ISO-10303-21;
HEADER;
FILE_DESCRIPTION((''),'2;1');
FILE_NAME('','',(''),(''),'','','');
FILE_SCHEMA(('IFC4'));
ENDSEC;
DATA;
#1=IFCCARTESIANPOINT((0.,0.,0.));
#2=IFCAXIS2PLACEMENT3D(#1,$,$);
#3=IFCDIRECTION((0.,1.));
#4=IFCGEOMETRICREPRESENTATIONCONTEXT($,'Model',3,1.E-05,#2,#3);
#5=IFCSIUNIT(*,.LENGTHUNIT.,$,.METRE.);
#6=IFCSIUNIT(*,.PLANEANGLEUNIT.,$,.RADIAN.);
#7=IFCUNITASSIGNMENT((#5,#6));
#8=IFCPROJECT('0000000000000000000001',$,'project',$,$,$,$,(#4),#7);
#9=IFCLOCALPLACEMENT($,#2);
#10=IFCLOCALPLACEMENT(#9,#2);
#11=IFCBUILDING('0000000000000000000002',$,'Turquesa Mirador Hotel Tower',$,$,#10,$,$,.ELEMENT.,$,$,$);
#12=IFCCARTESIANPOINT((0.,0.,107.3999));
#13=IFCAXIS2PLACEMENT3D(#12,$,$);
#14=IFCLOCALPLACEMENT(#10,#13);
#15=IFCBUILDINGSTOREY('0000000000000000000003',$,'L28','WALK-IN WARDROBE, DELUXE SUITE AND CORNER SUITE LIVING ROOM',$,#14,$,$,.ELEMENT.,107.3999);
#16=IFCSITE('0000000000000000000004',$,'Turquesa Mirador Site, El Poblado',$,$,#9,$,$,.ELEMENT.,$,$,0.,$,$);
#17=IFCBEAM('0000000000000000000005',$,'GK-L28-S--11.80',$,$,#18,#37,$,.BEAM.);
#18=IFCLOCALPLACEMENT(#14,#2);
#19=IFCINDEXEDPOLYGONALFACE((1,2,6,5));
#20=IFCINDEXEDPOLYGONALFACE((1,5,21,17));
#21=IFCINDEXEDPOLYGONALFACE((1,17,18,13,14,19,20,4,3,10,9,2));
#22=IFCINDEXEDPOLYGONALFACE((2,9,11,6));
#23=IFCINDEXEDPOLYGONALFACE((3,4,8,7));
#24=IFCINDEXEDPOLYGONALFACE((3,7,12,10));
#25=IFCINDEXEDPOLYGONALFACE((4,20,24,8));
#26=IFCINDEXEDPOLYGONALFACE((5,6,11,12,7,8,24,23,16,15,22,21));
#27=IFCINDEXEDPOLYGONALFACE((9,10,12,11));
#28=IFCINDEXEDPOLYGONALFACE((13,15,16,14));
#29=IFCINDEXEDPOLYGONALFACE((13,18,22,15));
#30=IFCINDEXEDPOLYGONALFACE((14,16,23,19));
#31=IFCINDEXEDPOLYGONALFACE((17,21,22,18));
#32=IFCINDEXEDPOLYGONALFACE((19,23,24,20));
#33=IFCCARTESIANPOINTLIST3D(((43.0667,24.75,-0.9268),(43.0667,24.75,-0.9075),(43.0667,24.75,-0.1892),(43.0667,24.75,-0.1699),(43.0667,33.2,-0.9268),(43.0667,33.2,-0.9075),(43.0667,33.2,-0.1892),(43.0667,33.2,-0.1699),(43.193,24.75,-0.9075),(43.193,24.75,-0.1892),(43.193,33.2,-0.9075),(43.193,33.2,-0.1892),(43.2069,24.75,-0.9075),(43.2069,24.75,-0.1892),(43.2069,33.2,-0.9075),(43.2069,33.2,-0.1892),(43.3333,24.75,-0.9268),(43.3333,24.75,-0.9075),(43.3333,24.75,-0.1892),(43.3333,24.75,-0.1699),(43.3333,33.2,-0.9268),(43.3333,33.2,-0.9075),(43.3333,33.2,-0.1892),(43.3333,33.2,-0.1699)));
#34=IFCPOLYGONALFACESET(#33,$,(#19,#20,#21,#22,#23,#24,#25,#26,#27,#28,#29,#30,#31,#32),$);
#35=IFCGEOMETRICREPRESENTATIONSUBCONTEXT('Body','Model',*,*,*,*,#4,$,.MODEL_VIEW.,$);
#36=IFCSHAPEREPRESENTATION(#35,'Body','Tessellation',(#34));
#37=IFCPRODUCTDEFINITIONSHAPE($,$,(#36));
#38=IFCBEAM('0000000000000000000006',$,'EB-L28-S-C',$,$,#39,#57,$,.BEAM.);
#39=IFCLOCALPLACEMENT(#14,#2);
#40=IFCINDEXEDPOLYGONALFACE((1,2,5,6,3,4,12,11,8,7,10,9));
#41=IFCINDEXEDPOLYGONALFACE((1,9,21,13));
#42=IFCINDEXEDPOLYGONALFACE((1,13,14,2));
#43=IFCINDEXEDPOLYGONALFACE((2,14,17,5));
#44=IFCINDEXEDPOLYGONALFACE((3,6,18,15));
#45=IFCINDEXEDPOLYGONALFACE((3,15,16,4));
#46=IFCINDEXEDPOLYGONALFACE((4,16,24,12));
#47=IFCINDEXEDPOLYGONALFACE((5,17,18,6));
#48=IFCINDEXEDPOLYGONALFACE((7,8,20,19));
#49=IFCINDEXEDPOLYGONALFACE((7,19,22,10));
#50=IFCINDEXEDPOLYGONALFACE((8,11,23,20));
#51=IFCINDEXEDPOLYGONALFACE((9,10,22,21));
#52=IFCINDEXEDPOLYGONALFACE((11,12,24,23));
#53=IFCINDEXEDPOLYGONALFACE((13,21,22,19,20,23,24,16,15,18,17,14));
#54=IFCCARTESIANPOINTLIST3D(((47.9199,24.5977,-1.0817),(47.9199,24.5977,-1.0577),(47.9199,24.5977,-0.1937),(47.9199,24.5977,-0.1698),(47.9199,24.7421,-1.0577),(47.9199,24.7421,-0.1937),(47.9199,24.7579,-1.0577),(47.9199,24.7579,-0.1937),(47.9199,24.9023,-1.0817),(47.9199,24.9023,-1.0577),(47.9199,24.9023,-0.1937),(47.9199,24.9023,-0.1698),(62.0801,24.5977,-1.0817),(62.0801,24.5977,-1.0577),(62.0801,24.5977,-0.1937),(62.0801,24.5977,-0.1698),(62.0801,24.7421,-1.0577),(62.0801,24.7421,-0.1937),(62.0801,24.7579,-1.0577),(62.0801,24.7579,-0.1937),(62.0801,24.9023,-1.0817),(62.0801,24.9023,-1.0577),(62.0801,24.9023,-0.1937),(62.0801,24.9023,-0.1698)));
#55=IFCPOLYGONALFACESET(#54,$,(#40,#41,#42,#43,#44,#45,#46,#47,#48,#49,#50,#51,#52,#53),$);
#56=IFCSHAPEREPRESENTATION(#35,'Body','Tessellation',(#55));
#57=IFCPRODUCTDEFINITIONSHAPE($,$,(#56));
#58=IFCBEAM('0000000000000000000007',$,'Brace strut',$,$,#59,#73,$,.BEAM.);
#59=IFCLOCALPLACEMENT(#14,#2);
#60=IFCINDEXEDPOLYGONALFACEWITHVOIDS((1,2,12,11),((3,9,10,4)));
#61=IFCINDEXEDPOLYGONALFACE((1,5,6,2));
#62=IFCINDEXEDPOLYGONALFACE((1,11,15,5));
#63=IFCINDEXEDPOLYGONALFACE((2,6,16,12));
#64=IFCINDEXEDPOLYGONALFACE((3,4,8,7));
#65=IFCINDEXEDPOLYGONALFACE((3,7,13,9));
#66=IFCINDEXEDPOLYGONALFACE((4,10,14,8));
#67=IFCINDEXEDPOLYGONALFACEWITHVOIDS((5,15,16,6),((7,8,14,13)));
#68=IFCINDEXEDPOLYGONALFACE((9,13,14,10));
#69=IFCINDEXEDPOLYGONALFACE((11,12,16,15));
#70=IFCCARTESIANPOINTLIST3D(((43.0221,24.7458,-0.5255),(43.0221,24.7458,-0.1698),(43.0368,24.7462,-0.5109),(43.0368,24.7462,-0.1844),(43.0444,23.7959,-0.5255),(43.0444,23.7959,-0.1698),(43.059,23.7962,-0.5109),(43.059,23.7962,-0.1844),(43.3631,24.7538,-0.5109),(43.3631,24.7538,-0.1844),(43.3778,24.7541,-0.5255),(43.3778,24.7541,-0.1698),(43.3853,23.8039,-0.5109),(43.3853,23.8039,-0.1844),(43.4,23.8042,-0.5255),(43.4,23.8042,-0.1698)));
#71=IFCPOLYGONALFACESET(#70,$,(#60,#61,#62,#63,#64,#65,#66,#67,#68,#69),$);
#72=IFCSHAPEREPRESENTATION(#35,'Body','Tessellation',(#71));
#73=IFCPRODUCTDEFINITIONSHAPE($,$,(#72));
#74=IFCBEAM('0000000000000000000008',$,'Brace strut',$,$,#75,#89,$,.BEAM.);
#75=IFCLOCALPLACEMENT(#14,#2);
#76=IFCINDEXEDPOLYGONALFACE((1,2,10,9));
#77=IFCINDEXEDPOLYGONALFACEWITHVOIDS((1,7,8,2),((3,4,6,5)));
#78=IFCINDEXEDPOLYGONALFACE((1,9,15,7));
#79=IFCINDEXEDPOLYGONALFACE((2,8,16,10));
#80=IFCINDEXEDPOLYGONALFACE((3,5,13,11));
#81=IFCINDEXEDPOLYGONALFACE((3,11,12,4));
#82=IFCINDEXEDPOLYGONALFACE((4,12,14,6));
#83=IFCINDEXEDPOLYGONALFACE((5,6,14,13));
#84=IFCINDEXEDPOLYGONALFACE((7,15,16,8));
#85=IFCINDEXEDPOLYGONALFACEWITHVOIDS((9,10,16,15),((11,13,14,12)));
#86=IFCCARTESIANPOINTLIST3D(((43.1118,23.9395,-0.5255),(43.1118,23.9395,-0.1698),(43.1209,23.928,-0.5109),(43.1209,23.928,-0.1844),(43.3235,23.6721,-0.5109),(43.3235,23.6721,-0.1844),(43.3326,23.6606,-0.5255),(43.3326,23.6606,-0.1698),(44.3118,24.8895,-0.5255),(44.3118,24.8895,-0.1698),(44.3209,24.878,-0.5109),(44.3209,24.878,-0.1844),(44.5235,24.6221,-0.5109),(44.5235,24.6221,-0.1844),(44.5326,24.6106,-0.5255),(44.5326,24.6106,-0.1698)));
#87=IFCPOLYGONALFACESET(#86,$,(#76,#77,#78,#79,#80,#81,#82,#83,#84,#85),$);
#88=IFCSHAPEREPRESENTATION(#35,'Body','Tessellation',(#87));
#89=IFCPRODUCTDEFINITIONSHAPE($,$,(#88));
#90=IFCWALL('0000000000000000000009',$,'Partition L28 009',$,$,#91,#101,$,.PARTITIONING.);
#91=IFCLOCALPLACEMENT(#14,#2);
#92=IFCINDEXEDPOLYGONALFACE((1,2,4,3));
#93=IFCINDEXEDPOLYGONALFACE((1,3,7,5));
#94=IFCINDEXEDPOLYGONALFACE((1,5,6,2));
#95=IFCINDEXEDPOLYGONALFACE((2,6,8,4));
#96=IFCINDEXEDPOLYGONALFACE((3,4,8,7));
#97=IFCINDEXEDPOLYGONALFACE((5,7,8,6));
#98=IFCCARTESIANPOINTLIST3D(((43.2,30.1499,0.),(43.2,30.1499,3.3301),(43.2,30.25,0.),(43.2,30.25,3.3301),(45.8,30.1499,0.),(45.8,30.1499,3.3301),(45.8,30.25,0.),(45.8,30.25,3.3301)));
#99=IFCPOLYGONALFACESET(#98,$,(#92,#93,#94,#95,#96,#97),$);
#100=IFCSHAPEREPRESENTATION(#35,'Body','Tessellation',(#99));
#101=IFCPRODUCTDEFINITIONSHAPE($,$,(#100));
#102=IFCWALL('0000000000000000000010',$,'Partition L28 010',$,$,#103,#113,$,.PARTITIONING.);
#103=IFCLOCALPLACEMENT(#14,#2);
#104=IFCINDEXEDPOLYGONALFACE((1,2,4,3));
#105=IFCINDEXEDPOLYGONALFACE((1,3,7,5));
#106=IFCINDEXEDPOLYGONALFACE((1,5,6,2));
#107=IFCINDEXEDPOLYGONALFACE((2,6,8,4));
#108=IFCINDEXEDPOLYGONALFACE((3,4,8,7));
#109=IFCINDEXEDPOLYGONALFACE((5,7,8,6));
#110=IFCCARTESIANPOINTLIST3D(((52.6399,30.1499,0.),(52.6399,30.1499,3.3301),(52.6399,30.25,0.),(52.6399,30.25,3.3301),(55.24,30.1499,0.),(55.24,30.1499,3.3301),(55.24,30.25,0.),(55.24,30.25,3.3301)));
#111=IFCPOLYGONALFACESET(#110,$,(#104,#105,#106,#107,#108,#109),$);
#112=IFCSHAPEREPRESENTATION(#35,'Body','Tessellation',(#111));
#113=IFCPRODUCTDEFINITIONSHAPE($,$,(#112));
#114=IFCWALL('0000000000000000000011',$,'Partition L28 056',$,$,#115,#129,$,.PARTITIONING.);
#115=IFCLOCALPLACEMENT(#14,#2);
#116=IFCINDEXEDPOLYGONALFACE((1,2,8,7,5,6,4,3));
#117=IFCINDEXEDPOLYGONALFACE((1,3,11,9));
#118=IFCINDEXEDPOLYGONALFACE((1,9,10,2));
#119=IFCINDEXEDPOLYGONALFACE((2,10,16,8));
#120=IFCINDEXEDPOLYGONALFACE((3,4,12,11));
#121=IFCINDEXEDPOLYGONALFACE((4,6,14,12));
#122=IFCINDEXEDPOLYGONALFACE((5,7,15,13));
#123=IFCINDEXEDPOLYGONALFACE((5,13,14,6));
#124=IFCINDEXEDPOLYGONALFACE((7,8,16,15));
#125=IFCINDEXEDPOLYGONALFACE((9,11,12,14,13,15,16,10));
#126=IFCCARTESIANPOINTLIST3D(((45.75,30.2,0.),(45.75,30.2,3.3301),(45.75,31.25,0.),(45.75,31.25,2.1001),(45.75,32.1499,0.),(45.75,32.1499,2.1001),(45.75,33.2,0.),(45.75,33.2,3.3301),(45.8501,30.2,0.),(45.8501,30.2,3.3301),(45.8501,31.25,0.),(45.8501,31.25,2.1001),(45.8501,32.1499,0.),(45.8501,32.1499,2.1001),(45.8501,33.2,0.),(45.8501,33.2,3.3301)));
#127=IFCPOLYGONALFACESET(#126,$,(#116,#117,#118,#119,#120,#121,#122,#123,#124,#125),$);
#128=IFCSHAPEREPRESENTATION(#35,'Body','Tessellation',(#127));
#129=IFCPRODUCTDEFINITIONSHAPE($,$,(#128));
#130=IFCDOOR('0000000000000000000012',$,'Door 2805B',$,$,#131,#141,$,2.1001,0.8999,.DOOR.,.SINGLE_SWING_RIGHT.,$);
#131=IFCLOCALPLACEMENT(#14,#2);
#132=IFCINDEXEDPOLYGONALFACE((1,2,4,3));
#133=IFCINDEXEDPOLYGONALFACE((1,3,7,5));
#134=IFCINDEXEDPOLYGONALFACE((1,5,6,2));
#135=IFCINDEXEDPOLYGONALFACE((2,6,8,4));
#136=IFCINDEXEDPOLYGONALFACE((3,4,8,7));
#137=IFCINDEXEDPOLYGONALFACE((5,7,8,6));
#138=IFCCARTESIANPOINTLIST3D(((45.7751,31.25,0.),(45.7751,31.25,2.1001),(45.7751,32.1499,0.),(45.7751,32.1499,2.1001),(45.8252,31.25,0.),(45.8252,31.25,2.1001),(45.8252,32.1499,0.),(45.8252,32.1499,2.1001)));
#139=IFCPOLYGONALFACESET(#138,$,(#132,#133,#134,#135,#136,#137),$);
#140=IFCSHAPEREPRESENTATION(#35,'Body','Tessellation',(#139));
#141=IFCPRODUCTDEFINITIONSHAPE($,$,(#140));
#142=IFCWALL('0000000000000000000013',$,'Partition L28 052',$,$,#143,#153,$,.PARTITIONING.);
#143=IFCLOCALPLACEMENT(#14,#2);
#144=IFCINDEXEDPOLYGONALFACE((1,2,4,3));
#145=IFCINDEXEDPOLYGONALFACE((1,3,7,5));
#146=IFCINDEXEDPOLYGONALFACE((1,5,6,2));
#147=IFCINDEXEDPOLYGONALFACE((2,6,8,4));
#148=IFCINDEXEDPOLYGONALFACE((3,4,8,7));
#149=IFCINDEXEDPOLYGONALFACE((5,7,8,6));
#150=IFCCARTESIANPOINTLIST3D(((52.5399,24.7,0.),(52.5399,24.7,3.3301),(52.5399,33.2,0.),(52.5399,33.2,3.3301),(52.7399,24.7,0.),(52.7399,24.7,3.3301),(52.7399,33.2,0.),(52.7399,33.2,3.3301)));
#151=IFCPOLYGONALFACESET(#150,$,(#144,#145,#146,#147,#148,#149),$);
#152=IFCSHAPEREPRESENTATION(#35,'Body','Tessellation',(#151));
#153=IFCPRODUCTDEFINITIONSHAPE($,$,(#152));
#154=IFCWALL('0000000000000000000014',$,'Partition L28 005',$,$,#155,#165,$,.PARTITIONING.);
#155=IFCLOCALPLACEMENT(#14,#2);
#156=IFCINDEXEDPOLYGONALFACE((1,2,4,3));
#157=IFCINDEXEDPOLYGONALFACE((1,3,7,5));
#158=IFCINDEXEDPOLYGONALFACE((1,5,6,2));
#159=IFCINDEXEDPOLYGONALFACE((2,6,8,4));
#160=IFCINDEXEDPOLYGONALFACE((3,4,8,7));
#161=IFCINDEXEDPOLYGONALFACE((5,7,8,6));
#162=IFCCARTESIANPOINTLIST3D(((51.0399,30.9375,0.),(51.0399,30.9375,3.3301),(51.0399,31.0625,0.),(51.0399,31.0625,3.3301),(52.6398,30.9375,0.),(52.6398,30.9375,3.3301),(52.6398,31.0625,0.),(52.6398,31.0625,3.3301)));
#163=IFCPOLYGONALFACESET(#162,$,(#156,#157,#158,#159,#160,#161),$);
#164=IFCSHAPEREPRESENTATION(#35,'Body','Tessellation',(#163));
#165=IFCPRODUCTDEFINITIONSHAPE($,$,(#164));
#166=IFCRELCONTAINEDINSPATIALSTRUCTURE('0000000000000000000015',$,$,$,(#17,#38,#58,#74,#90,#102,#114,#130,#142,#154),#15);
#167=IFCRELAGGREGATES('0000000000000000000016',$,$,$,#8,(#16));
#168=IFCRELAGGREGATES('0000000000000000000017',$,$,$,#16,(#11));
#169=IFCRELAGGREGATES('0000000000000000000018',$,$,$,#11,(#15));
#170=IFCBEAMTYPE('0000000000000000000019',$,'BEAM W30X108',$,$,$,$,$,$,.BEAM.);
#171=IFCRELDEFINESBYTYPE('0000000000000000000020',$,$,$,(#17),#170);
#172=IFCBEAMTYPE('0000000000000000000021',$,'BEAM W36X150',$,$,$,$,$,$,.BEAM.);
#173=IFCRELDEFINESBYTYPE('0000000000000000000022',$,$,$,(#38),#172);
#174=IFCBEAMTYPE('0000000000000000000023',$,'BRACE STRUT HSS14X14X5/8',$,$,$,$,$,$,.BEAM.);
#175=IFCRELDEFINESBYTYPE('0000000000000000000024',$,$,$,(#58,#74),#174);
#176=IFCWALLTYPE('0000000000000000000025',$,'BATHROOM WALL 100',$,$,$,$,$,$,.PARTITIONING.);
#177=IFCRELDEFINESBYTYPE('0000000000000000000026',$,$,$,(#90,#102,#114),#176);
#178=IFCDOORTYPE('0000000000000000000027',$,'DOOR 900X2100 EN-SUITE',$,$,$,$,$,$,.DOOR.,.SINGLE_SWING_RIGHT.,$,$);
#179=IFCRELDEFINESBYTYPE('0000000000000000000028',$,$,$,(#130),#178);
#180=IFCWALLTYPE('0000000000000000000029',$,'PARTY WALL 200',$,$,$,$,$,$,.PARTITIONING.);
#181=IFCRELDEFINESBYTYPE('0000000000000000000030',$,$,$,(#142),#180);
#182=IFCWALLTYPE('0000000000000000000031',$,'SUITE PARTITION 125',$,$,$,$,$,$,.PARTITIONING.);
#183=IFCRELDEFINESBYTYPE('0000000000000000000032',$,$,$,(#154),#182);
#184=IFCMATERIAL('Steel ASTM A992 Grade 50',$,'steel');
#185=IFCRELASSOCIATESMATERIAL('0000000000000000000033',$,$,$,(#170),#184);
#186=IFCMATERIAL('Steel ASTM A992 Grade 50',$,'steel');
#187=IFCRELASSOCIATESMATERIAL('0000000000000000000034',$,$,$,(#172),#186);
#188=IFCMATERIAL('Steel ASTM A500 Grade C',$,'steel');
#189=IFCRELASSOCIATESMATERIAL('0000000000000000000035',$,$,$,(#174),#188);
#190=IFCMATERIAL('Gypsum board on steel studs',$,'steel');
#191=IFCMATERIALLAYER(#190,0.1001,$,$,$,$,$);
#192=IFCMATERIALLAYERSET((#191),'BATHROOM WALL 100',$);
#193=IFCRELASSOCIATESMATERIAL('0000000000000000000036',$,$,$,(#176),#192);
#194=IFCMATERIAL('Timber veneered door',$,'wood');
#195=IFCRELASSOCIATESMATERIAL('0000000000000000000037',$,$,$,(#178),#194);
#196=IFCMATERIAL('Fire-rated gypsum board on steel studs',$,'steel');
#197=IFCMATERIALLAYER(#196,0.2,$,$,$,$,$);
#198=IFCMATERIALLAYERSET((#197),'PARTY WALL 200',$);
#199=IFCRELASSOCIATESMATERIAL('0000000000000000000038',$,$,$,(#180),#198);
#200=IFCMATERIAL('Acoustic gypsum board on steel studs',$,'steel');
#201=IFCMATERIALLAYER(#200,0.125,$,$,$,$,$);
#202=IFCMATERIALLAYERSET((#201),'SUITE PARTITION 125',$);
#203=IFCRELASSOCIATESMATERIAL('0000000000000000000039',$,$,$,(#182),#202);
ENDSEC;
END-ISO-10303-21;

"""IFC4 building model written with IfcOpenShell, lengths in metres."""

from ifc_helpers import new_model, si_unit, direction, frame, frame_2d, origin, origin_2d, place, context, subcontext, project, spatial, rectangle, hollow_rectangle, i_section, extrude, material, layer, layer_set, material_profile, profile_set, type_object, element, fill, save


model = new_model("IFC4")

# Units and contexts
model_context = context("Model", 3, precision=1e-05, world=origin(), true_north=direction((0.0, 1.0)))
body_context = subcontext(model_context, "Body", "Model", "MODEL_VIEW")
ifc_project = project(units=[si_unit("LENGTHUNIT", "METRE"), si_unit("PLANEANGLEUNIT", "RADIAN")], contexts=[model_context])

# Site, building, storey
site_placement = place(None, origin())
site = spatial("IfcSite", under=ifc_project, at=site_placement, Name="Turquesa Mirador Site, El Poblado", CompositionType="ELEMENT", RefElevation=0.0)
building_placement = place(site_placement, origin())
building = spatial("IfcBuilding", under=site, at=building_placement, Name="Turquesa Mirador Hotel Tower", CompositionType="ELEMENT")
storey_placement = place(building_placement, frame((0.0, 0.0, 107.3999)))
storey = spatial("IfcBuildingStorey", under=building, at=storey_placement, Name="L28", Description="WALK-IN WARDROBE, DELUXE SUITE AND CORNER SUITE LIVING ROOM", CompositionType="ELEMENT", Elevation=107.3999)

# Beams
ifc_material_1 = material(Name="Steel ASTM A992 Grade 50", Category="steel")
ifc_material_profile_1 = material_profile(ifc_material_1, i_section(OverallWidth=0.2666, OverallDepth=0.7568, WebThickness=0.0139, FlangeThickness=0.0193, at=origin_2d()), Name="W30X108")
ifc_profile_set_1 = profile_set([ifc_material_profile_1], Name="Steel ASTM A992 Grade 50")
beam_type_1 = type_object("IfcBeamType", Name="BEAM W30X108", PredefinedType="BEAM", material=ifc_profile_set_1)
beam_1_placement = place(storey_placement, frame((43.2, 24.75, -0.5483), z_axis=(0.0, 1.0, 0.0), x_axis=(-1.0, 0.0, 0.0)))
element("IfcBeam", 1, at=beam_1_placement, inside=storey, type_object=beam_type_1, Name="GK-L28-S--11.80", PredefinedType="BEAM", context=body_context, shape_type="SweptSolid", body=[
    extrude(i_section(OverallWidth=0.2666, OverallDepth=0.7568, WebThickness=0.0139, FlangeThickness=0.0193, at=origin_2d()), origin(), (0.0, 0.0, 1.0), 8.45),
])
ifc_material_2 = material(Name="Steel ASTM A992 Grade 50", Category="steel")
ifc_material_profile_2 = material_profile(ifc_material_2, i_section(OverallWidth=0.3047, OverallDepth=0.9119, WebThickness=0.0159, FlangeThickness=0.0239, at=origin_2d()), Name="W36X150")
ifc_profile_set_2 = profile_set([ifc_material_profile_2], Name="Steel ASTM A992 Grade 50")
beam_type_2 = type_object("IfcBeamType", Name="BEAM W36X150", PredefinedType="BEAM", material=ifc_profile_set_2)
beam_2_placement = place(storey_placement, frame((47.9199, 24.75, -0.6257), z_axis=(1.0, 0.0, 0.0), x_axis=(0.0, 1.0, 0.0)))
element("IfcBeam", 2, at=beam_2_placement, inside=storey, type_object=beam_type_2, Name="EB-L28-S-C", PredefinedType="BEAM", context=body_context, shape_type="SweptSolid", body=[
    extrude(i_section(OverallWidth=0.3047, OverallDepth=0.9119, WebThickness=0.0159, FlangeThickness=0.0239, at=origin_2d()), origin(), (0.0, 0.0, 1.0), 14.1602),
])
ifc_material_3 = material(Name="Steel ASTM A500 Grade C", Category="steel")
ifc_material_profile_3 = material_profile(ifc_material_3, hollow_rectangle(XDim=0.3557, YDim=0.3557, WallThickness=0.0146, at=origin_2d()), Name="HSS14X14X5/8")
ifc_profile_set_3 = profile_set([ifc_material_profile_3], Name="Steel ASTM A500 Grade C")
beam_type_3 = type_object("IfcBeamType", Name="BRACE STRUT HSS14X14X5/8", PredefinedType="BEAM", material=ifc_profile_set_3)
beam_3_placement = place(storey_placement, frame((43.2222, 23.8, -0.3477), z_axis=(-0.023381, 0.999727, 0.0), x_axis=(-0.999727, -0.023381, 0.0)))
element("IfcBeam", 3, at=beam_3_placement, inside=storey, type_object=beam_type_3, Name="Brace strut", PredefinedType="BEAM", context=body_context, shape_type="SweptSolid", body=[
    extrude(hollow_rectangle(XDim=0.3557, YDim=0.3557, WallThickness=0.0146, at=origin_2d()), origin(), (0.0, 0.0, 1.0), 0.9502),
])
beam_4_placement = place(storey_placement, frame((43.2222, 23.8, -0.3477), z_axis=(0.784049, 0.620699, 0.0), x_axis=(-0.620699, 0.784049, 0.0)))
element("IfcBeam", 4, at=beam_4_placement, inside=storey, type_object=beam_type_3, Name="Brace strut", PredefinedType="BEAM", context=body_context, shape_type="SweptSolid", body=[
    extrude(hollow_rectangle(XDim=0.3557, YDim=0.3557, WallThickness=0.0146, at=origin_2d()), origin(), (0.0, 0.0, 1.0), 1.5305),
])

# Walls
ifc_material_4 = material(Name="Gypsum board on steel studs", Category="steel")
ifc_layer_1 = layer(ifc_material_4, 0.1001)
ifc_layer_set_1 = layer_set([ifc_layer_1], Name="BATHROOM WALL 100")
wall_type_1 = type_object("IfcWallType", Name="BATHROOM WALL 100", PredefinedType="PARTITIONING", material=ifc_layer_set_1)
for number, where, z_axis, x_axis, name in (
    (5, (43.2, 30.2, 0.0), (0.0, 0.0, 1.0), (1.0, 0.0, 0.0), "Partition L28 009"),
    (6, (52.6399, 30.2, 0.0), (0.0, 0.0, 1.0), (1.0, 0.0, 0.0), "Partition L28 010"),
):
    element("IfcWall", number, at=place(storey_placement, frame(where, z_axis=z_axis, x_axis=x_axis)), inside=storey, type_object=wall_type_1, Name=name, PredefinedType="PARTITIONING", context=body_context, shape_type="SweptSolid", body=[
        extrude(rectangle(XDim=2.6001, YDim=0.1001, at=frame_2d((1.3, 0.0))), origin(), (0.0, 0.0, 1.0), 3.3301),
    ])

# Wall, opening, door
wall_1_placement = place(storey_placement, frame((45.8, 30.2, 0.0), z_axis=(0.0, 0.0, 1.0), x_axis=(0.0, 1.0, 0.0)))
wall_1 = element("IfcWall", 7, at=wall_1_placement, inside=storey, type_object=wall_type_1, Name="Partition L28 056", PredefinedType="PARTITIONING", context=body_context, shape_type="SweptSolid", body=[
    extrude(rectangle(XDim=3.0, YDim=0.1001, at=frame_2d((1.5, 0.0))), origin(), (0.0, 0.0, 1.0), 3.3301),
])
opening_placement = place(wall_1_placement, frame((1.05, 0.0, 0.0)))
opening = element("IfcOpeningElement", 8, at=opening_placement, cuts=wall_1, PredefinedType="OPENING", context=body_context, shape_type="SweptSolid", body=[
    extrude(rectangle(XDim=0.8999, YDim=2.1001, at=frame_2d((0.45, 1.05))), frame((0.0, 0.0601, 0.0), z_axis=(0.0, -1.0, 0.0), x_axis=(1.0, 0.0, 0.0)), (0.0, 0.0, 1.0), 0.1201),
])
ifc_material_5 = material(Name="Timber veneered door", Category="wood")
door_type = type_object("IfcDoorType", Name="DOOR 900X2100 EN-SUITE", OperationType="SINGLE_SWING_RIGHT", PredefinedType="DOOR", material=ifc_material_5)
door_placement = place(opening_placement, origin())
door = element("IfcDoor", 9, at=door_placement, inside=storey, type_object=door_type, Name="Door 2805B", OperationType="SINGLE_SWING_RIGHT", OverallHeight=2.1001, OverallWidth=0.8999, PredefinedType="DOOR", context=body_context, shape_type="SweptSolid", body=[
    extrude(rectangle(XDim=0.8999, YDim=2.1001, at=frame_2d((0.45, 1.05))), frame((0.0, 0.0249, 0.0), z_axis=(0.0, -1.0, 0.0), x_axis=(1.0, 0.0, 0.0)), (0.0, 0.0, 1.0), 0.05),
])
fill(opening, door)

# Walls
ifc_material_6 = material(Name="Fire-rated gypsum board on steel studs", Category="steel")
ifc_layer_2 = layer(ifc_material_6, 0.2)
ifc_layer_set_2 = layer_set([ifc_layer_2], Name="PARTY WALL 200")
wall_type_2 = type_object("IfcWallType", Name="PARTY WALL 200", PredefinedType="PARTITIONING", material=ifc_layer_set_2)
wall_2_placement = place(storey_placement, frame((52.6399, 24.7, 0.0), z_axis=(0.0, 0.0, 1.0), x_axis=(0.0, 1.0, 0.0)))
element("IfcWall", 10, at=wall_2_placement, inside=storey, type_object=wall_type_2, Name="Partition L28 052", PredefinedType="PARTITIONING", context=body_context, shape_type="SweptSolid", body=[
    extrude(rectangle(XDim=8.5, YDim=0.2, at=frame_2d((4.25, 0.0))), origin(), (0.0, 0.0, 1.0), 3.3301),
])
ifc_material_7 = material(Name="Acoustic gypsum board on steel studs", Category="steel")
ifc_layer_3 = layer(ifc_material_7, 0.125)
ifc_layer_set_3 = layer_set([ifc_layer_3], Name="SUITE PARTITION 125")
wall_type_3 = type_object("IfcWallType", Name="SUITE PARTITION 125", PredefinedType="PARTITIONING", material=ifc_layer_set_3)
wall_3_placement = place(storey_placement, frame((51.04, 31.0, 0.0), z_axis=(0.0, 0.0, 1.0), x_axis=(1.0, 0.0, 0.0)))
element("IfcWall", 11, at=wall_3_placement, inside=storey, type_object=wall_type_3, Name="Partition L28 005", PredefinedType="PARTITIONING", context=body_context, shape_type="SweptSolid", body=[
    extrude(rectangle(XDim=1.5999, YDim=0.125, at=frame_2d((0.7998, 0.0))), origin(), (0.0, 0.0, 1.0), 3.3301),
])

save(model, "model.ifc")
